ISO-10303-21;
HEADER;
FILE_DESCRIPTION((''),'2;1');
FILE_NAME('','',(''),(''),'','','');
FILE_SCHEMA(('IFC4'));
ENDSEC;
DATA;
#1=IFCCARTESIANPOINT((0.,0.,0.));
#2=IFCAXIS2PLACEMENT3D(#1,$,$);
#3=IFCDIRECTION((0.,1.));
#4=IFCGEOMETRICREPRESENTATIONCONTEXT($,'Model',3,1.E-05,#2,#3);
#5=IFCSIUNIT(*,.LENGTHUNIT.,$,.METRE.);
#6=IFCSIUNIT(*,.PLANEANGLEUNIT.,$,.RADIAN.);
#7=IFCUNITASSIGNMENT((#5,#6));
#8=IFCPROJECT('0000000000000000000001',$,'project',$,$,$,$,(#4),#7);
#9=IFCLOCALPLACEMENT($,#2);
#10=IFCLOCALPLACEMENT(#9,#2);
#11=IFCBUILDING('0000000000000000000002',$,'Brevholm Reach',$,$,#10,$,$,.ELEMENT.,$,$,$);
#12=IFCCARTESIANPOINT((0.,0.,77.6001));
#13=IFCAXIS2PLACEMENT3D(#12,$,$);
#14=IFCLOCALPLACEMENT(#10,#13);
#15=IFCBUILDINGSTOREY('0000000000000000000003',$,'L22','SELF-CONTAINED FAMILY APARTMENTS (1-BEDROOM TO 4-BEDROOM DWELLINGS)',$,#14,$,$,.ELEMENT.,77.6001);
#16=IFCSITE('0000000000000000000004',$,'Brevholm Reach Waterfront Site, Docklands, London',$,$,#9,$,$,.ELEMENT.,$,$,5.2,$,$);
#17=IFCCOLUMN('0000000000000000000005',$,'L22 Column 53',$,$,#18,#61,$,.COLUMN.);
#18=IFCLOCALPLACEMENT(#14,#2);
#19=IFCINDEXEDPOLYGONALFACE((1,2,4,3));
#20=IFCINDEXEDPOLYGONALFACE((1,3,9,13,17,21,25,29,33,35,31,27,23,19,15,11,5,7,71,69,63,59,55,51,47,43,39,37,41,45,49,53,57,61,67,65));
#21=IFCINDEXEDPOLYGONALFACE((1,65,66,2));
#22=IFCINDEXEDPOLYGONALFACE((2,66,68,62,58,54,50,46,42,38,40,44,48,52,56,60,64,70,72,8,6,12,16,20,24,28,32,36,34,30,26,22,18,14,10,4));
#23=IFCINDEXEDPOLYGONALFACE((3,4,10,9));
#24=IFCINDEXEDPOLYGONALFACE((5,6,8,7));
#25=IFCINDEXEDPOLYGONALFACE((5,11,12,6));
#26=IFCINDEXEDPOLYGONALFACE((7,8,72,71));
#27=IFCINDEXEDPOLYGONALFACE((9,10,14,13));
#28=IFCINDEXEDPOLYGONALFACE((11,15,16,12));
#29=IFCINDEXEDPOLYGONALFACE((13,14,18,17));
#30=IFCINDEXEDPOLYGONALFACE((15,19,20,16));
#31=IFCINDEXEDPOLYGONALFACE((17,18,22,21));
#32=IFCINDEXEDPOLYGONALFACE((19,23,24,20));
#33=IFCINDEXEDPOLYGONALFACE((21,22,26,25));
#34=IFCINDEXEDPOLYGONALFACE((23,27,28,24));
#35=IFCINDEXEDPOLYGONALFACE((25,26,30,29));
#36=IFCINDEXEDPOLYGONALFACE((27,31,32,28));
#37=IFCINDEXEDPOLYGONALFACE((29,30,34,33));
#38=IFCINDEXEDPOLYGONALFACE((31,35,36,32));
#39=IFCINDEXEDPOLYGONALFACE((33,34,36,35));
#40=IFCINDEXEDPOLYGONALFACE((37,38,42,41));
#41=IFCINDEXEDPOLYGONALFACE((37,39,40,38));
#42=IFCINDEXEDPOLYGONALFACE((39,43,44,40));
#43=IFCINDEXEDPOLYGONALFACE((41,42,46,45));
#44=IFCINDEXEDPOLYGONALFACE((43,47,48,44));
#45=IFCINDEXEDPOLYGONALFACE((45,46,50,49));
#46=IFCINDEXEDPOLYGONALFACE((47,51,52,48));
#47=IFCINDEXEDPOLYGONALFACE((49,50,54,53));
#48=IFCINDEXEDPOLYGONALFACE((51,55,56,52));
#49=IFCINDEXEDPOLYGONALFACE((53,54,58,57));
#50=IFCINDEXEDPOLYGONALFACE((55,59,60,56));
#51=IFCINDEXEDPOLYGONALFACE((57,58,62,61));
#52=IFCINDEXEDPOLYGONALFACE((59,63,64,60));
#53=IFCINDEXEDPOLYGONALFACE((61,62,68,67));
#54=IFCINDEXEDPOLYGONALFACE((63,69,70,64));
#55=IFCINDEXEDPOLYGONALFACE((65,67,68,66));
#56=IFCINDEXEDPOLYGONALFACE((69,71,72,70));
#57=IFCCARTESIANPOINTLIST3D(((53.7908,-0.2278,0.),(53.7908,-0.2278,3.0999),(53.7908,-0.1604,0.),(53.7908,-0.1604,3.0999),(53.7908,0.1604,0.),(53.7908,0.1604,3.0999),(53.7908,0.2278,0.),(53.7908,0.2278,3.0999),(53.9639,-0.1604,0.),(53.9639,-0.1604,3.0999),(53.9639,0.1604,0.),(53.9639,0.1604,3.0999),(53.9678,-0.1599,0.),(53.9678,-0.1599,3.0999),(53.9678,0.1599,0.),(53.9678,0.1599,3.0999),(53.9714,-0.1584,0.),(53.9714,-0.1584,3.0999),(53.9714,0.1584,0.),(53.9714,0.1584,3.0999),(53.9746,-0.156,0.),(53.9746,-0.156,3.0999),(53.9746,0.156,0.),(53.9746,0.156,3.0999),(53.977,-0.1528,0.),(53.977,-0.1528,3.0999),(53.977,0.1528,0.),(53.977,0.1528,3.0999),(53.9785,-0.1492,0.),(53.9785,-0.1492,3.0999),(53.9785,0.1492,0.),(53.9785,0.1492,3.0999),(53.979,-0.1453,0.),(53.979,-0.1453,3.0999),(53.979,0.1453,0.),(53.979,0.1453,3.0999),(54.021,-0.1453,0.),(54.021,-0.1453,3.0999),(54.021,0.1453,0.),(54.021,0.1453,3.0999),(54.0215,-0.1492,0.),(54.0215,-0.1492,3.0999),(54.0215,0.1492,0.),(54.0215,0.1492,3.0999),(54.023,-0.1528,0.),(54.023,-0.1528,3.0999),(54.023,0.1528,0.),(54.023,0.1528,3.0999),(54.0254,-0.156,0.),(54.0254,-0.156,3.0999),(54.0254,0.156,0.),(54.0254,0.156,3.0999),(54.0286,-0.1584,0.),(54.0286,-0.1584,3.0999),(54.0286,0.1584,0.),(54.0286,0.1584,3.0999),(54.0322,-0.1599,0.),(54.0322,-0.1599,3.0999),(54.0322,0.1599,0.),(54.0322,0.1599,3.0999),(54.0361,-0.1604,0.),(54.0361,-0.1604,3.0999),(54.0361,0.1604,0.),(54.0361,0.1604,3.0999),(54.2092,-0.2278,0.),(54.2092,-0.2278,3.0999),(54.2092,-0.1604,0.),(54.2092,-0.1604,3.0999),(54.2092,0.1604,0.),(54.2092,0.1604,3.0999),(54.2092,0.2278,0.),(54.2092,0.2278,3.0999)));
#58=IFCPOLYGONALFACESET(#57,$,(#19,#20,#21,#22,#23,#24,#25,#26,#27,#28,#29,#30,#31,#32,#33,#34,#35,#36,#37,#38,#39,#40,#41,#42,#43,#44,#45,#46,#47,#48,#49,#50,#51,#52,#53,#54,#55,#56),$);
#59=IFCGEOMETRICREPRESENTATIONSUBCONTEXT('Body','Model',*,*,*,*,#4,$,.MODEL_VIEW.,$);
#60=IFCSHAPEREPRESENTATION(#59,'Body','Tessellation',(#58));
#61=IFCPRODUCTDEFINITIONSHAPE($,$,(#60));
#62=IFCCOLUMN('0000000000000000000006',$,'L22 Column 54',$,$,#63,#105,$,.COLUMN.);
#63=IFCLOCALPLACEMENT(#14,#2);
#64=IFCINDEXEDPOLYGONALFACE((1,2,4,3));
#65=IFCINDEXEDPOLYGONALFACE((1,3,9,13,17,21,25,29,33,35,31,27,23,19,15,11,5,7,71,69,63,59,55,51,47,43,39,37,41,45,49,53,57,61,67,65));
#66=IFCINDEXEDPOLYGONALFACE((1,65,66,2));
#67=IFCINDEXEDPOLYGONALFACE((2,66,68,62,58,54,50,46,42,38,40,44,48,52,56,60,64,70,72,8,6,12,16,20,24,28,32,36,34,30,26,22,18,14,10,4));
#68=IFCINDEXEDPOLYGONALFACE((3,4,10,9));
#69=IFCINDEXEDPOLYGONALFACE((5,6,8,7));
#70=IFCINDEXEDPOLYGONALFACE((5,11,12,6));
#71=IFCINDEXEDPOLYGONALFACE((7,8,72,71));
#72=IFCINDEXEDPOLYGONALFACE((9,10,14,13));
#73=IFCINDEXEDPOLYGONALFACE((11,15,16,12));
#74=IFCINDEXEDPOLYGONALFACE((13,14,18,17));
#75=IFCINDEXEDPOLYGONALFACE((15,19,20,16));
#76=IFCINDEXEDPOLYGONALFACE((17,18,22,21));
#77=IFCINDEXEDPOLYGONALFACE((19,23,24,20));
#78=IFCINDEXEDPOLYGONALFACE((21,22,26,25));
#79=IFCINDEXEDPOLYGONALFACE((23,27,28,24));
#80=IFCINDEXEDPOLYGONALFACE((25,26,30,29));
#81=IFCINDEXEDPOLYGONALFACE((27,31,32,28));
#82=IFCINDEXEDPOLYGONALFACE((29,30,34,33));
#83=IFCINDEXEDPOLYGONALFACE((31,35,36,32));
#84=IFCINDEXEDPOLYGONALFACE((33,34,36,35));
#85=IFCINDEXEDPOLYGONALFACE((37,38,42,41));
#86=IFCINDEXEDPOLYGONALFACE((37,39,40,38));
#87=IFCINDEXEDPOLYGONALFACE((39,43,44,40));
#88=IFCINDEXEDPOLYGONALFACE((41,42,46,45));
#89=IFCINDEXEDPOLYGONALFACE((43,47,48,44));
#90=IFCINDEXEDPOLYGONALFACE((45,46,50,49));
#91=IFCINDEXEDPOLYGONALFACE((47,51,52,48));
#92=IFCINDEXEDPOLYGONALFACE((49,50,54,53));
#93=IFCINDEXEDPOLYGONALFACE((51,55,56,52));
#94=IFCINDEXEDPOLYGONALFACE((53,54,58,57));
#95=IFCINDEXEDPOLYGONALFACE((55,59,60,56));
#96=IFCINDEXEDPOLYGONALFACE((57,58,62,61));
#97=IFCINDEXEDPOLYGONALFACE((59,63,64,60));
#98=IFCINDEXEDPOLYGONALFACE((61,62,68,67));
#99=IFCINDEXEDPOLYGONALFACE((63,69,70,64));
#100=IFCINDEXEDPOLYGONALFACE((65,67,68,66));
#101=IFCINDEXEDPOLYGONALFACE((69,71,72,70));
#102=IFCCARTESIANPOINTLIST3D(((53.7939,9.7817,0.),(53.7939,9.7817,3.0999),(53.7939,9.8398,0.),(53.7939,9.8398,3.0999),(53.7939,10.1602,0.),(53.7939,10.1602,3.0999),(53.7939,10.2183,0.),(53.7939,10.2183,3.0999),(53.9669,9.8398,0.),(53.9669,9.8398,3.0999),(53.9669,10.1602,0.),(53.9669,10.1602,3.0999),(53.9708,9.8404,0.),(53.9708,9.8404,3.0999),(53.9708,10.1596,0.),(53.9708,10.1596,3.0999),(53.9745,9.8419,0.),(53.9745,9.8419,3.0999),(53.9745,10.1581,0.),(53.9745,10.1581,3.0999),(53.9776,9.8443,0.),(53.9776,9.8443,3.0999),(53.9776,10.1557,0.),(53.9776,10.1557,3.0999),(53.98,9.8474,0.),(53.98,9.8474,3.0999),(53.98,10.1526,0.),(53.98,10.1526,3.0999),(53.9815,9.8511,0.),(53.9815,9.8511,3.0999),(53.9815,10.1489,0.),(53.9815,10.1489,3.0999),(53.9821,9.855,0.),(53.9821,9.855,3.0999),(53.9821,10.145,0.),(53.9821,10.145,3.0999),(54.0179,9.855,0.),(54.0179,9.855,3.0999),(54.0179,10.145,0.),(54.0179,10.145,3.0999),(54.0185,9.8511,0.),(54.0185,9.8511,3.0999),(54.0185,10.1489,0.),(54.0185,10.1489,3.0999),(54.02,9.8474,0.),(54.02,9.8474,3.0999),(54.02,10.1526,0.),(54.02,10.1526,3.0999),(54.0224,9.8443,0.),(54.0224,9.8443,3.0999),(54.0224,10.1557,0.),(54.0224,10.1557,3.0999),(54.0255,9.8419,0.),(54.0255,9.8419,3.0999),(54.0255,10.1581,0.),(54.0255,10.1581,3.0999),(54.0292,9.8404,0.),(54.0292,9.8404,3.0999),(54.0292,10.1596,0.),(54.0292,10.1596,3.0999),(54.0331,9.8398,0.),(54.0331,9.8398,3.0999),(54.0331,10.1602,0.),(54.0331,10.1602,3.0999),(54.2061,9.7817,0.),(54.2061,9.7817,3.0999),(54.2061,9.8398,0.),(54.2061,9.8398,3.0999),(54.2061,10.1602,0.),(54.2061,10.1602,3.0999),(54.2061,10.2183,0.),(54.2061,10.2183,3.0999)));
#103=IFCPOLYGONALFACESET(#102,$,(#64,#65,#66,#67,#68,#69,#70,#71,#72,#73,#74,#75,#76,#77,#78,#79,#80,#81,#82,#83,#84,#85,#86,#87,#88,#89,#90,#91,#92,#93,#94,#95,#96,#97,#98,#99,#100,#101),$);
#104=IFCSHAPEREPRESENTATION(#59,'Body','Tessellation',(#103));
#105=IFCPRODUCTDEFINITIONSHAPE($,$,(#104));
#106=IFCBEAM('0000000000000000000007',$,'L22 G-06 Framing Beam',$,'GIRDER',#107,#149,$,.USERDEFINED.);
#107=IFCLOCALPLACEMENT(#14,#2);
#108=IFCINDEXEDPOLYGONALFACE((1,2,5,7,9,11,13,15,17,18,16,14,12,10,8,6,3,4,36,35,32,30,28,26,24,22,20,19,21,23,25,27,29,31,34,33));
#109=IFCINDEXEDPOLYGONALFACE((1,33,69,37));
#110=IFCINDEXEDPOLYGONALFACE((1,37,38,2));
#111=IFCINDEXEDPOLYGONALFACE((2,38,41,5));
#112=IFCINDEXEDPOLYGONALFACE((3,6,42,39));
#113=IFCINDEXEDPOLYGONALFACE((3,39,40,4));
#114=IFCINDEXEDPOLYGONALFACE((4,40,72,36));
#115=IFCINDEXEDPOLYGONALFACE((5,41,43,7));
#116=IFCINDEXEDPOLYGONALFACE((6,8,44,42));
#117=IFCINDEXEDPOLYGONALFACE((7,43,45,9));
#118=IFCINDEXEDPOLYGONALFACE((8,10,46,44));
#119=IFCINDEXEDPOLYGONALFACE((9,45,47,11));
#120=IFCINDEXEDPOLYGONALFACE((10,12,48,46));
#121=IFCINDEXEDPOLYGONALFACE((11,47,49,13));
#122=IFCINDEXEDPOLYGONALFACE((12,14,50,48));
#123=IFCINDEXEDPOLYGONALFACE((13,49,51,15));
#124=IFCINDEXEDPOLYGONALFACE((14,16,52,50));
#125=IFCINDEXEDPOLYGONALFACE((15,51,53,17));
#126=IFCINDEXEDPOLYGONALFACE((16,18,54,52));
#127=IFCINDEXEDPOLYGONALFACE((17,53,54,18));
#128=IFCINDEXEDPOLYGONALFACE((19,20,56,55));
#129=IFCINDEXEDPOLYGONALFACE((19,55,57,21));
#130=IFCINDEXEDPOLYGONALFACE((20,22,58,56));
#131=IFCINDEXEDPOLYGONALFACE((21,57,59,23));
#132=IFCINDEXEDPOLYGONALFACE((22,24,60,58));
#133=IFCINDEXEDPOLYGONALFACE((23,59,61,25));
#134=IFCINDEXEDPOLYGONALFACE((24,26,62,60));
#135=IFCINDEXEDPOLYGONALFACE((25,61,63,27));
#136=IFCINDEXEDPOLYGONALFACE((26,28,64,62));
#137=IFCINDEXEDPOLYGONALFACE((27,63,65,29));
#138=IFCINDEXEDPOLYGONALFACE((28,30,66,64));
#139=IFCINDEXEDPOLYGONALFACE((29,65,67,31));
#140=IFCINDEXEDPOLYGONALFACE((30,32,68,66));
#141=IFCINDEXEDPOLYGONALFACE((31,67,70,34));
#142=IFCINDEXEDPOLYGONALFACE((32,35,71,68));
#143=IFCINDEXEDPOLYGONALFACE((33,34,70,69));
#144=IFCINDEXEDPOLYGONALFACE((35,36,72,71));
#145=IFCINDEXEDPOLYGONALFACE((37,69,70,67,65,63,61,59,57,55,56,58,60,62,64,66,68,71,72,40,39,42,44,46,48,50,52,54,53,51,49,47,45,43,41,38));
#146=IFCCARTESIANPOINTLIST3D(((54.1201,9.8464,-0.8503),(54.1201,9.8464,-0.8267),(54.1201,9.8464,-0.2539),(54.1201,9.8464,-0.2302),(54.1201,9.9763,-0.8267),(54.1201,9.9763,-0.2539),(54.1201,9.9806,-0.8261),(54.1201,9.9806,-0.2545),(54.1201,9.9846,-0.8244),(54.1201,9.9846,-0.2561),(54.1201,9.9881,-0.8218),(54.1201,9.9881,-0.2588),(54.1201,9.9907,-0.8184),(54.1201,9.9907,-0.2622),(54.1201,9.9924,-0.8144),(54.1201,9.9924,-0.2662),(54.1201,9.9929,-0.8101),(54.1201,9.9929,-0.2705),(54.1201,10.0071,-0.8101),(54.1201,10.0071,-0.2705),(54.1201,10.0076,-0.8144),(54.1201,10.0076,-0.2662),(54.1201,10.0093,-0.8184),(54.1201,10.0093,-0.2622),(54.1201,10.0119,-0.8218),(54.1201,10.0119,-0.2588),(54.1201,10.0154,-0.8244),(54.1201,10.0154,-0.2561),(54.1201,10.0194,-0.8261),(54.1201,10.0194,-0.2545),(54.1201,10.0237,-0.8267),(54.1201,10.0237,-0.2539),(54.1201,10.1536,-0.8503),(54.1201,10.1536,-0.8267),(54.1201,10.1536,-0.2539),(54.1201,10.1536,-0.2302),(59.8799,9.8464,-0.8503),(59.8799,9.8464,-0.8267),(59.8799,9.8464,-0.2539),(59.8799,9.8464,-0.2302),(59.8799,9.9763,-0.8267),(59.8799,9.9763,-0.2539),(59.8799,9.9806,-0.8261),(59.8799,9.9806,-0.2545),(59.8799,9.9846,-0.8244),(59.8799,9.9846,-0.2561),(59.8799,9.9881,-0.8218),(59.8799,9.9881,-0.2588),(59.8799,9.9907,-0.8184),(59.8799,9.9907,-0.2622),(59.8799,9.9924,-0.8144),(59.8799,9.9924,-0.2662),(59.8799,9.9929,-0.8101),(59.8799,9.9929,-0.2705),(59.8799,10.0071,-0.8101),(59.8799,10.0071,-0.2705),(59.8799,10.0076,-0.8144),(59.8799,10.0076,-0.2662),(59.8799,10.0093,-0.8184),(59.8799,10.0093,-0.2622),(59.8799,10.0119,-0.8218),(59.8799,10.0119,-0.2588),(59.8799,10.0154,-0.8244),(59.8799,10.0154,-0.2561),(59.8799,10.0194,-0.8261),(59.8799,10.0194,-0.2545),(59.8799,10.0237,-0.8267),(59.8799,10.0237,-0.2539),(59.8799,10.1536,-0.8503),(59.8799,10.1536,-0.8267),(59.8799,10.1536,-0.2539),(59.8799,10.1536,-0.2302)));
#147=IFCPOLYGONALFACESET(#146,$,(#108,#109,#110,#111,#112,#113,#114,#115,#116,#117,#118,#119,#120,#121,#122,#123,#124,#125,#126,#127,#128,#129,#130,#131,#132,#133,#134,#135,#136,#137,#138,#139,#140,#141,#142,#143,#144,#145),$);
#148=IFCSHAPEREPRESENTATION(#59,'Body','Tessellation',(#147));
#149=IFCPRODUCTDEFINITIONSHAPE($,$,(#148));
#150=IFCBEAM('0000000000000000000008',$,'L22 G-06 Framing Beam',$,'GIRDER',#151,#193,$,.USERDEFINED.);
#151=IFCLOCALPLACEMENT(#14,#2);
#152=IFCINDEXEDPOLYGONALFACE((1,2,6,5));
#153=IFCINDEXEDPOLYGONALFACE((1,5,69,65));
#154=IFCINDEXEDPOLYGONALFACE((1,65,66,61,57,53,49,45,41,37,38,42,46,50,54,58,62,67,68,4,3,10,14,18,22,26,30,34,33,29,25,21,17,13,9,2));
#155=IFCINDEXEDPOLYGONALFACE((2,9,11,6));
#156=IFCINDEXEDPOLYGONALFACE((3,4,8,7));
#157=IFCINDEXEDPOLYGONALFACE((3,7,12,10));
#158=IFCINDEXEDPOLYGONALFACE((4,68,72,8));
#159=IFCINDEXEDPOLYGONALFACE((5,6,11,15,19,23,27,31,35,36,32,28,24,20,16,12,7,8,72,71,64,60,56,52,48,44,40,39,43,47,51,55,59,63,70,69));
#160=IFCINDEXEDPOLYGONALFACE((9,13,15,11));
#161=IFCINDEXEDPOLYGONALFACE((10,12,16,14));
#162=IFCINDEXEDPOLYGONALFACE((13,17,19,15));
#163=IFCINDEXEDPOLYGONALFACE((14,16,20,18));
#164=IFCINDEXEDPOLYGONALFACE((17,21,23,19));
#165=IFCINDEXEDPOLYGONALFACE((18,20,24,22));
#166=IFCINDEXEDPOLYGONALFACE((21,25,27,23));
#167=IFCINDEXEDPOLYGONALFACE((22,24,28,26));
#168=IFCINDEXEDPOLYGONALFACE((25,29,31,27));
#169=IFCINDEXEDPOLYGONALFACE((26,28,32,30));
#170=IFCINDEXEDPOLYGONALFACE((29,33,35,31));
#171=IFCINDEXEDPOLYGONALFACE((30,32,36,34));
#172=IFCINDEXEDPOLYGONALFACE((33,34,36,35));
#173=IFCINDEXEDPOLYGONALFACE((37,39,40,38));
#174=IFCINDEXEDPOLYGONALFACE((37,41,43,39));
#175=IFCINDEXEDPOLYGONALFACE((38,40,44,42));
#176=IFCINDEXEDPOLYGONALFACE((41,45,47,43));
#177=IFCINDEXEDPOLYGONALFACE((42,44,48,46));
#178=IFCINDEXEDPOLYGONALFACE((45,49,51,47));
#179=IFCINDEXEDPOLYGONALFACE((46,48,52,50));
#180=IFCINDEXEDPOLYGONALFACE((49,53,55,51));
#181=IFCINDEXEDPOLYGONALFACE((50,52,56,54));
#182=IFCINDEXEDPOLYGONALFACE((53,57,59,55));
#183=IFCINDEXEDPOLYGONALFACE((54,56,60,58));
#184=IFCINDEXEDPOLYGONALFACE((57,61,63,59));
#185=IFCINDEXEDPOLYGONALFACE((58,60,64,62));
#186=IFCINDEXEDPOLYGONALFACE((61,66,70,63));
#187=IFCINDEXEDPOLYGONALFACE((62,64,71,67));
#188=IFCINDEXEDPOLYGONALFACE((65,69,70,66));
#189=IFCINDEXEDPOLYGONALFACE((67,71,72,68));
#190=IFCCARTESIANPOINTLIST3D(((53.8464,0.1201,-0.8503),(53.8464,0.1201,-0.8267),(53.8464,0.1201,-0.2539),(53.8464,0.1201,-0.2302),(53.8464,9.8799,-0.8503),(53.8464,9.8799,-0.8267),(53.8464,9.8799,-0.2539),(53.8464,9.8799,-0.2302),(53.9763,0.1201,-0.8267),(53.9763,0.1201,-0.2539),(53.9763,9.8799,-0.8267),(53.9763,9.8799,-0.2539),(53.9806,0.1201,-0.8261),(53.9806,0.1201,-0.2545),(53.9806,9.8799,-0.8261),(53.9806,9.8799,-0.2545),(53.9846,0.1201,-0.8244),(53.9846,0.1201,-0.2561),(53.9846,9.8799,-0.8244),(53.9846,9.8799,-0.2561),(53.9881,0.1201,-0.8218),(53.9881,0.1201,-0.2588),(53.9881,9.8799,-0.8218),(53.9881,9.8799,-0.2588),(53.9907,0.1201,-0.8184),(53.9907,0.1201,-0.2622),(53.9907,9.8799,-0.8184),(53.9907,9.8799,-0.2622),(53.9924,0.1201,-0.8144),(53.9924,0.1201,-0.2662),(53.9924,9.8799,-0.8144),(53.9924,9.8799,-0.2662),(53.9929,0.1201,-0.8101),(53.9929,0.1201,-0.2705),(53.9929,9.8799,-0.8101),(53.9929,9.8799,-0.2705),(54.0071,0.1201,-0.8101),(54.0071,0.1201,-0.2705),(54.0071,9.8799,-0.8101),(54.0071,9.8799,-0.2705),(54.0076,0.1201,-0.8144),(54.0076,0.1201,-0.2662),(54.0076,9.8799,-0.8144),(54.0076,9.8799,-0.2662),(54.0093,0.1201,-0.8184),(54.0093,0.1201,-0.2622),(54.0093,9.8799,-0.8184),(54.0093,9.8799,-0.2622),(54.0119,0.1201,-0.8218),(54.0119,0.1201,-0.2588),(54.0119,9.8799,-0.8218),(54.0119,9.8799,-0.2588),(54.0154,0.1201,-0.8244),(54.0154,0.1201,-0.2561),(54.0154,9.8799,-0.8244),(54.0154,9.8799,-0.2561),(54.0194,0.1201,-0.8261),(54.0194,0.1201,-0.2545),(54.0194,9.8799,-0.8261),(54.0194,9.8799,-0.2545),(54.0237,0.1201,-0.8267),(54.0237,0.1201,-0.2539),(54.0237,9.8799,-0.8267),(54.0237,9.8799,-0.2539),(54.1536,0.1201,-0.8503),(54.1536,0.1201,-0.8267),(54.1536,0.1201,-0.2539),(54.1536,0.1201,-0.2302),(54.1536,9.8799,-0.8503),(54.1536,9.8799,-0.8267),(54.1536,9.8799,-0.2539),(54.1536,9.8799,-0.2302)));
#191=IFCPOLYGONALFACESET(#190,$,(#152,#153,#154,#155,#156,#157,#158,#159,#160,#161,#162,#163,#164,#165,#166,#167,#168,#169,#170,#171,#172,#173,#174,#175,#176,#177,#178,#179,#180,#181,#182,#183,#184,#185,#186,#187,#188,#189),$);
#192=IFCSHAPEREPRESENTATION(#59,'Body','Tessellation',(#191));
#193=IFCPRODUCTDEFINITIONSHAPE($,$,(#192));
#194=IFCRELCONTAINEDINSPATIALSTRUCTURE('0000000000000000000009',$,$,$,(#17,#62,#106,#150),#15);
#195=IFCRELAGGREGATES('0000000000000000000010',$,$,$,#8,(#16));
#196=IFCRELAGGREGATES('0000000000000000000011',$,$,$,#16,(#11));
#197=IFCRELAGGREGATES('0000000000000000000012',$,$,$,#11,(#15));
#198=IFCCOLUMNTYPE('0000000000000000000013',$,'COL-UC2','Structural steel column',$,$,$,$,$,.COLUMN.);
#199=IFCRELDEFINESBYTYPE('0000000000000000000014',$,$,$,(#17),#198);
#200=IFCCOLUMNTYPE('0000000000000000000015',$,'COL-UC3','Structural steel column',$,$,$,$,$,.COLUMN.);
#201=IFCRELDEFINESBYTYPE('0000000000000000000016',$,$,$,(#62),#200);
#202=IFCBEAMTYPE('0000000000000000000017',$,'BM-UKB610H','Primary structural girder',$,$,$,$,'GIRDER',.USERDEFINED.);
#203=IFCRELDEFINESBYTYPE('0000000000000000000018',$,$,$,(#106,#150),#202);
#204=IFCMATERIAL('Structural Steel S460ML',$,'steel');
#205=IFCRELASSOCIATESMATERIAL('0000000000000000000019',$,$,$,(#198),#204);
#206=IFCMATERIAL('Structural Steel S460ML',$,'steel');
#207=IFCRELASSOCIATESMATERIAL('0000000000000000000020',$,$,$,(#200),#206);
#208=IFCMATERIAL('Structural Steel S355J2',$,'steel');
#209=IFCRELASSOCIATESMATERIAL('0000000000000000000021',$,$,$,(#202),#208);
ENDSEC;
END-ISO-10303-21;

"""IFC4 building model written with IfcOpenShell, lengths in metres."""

from ifc_helpers import new_model, si_unit, direction, frame, origin, origin_2d, place, context, subcontext, project, spatial, i_section, extrude, material, material_profile, profile_set, type_object, element, save


model = new_model("IFC4")

# Units and contexts
model_context = context("Model", 3, precision=1e-05, world=origin(), true_north=direction((0.0, 1.0)))
body_context = subcontext(model_context, "Body", "Model", "MODEL_VIEW")
ifc_project = project(units=[si_unit("LENGTHUNIT", "METRE"), si_unit("PLANEANGLEUNIT", "RADIAN")], contexts=[model_context])

# Site, building, storey
site_placement = place(None, origin())
site = spatial("IfcSite", under=ifc_project, at=site_placement, Name="Brevholm Reach Waterfront Site, Docklands, London", CompositionType="ELEMENT", RefElevation=5.2)
building_placement = place(site_placement, origin())
building = spatial("IfcBuilding", under=site, at=building_placement, Name="Brevholm Reach", CompositionType="ELEMENT")
storey_placement = place(building_placement, frame((0.0, 0.0, 77.6001)))
storey = spatial("IfcBuildingStorey", under=building, at=storey_placement, Name="L22", Description="SELF-CONTAINED FAMILY APARTMENTS (1-BEDROOM TO 4-BEDROOM DWELLINGS)", CompositionType="ELEMENT", Elevation=77.6001)

# Columns
ifc_material_1 = material(Name="Structural Steel S460ML", Category="steel")
ifc_material_profile_1 = material_profile(ifc_material_1, i_section(OverallWidth=0.4185, OverallDepth=0.4556, WebThickness=0.042, FlangeThickness=0.0674, FilletRadius=0.0151, at=origin_2d()), Name="UKC 356x406x551")
ifc_profile_set_1 = profile_set([ifc_material_profile_1], Name="Structural Steel S460ML")
column_type_1 = type_object("IfcColumnType", Name="COL-UC2", Description="Structural steel column", PredefinedType="COLUMN", material=ifc_profile_set_1)
column_1_placement = place(storey_placement, frame((54.0, 0.0, 0.0), z_axis=(0.0, 0.0, 1.0), x_axis=(1.0, 0.0, 0.0)))
element("IfcColumn", 1, at=column_1_placement, inside=storey, type_object=column_type_1, Name="L22 Column 53", PredefinedType="COLUMN", context=body_context, shape_type="SweptSolid", body=[
    extrude(i_section(OverallWidth=0.4185, OverallDepth=0.4556, WebThickness=0.042, FlangeThickness=0.0674, FilletRadius=0.0151, at=origin_2d()), origin(), (0.0, 0.0, 1.0), 3.0999),
])
ifc_material_2 = material(Name="Structural Steel S460ML", Category="steel")
ifc_material_profile_2 = material_profile(ifc_material_2, i_section(OverallWidth=0.4121, OverallDepth=0.4365, WebThickness=0.0359, FlangeThickness=0.0581, FilletRadius=0.0151, at=origin_2d()), Name="UKC 356x406x467")
ifc_profile_set_2 = profile_set([ifc_material_profile_2], Name="Structural Steel S460ML")
column_type_2 = type_object("IfcColumnType", Name="COL-UC3", Description="Structural steel column", PredefinedType="COLUMN", material=ifc_profile_set_2)
column_2_placement = place(storey_placement, frame((54.0, 10.0, 0.0), z_axis=(0.0, 0.0, 1.0), x_axis=(1.0, 0.0, 0.0)))
element("IfcColumn", 2, at=column_2_placement, inside=storey, type_object=column_type_2, Name="L22 Column 54", PredefinedType="COLUMN", context=body_context, shape_type="SweptSolid", body=[
    extrude(i_section(OverallWidth=0.4121, OverallDepth=0.4365, WebThickness=0.0359, FlangeThickness=0.0581, FilletRadius=0.0151, at=origin_2d()), origin(), (0.0, 0.0, 1.0), 3.0999),
])

# Beams
ifc_material_3 = material(Name="Structural Steel S355J2", Category="steel")
ifc_material_profile_3 = material_profile(ifc_material_3, i_section(OverallWidth=0.3071, OverallDepth=0.6201, WebThickness=0.0142, FlangeThickness=0.0237, FilletRadius=0.0166, at=origin_2d()), Name="UKB 610x305x179")
ifc_profile_set_3 = profile_set([ifc_material_profile_3], Name="Structural Steel S355J2")
beam_type = type_object("IfcBeamType", Name="BM-UKB610H", Description="Primary structural girder", ElementType="GIRDER", PredefinedType="USERDEFINED", material=ifc_profile_set_3)
beam_1_placement = place(storey_placement, frame((54.1201, 10.0, -0.5403), z_axis=(1.0, 0.0, 0.0), x_axis=(0.0, 1.0, 0.0)))
element("IfcBeam", 3, at=beam_1_placement, inside=storey, type_object=beam_type, Name="L22 G-06 Framing Beam", ObjectType="GIRDER", PredefinedType="USERDEFINED", context=body_context, shape_type="SweptSolid", body=[
    extrude(i_section(OverallWidth=0.3071, OverallDepth=0.6201, WebThickness=0.0142, FlangeThickness=0.0237, FilletRadius=0.0166, at=origin_2d()), origin(), (0.0, 0.0, 1.0), 5.7598),
])
beam_2_placement = place(storey_placement, frame((54.0, 0.1201, -0.5403), z_axis=(0.0, 1.0, 0.0), x_axis=(-1.0, 0.0, 0.0)))
element("IfcBeam", 4, at=beam_2_placement, inside=storey, type_object=beam_type, Name="L22 G-06 Framing Beam", ObjectType="GIRDER", PredefinedType="USERDEFINED", context=body_context, shape_type="SweptSolid", body=[
    extrude(i_section(OverallWidth=0.3071, OverallDepth=0.6201, WebThickness=0.0142, FlangeThickness=0.0237, FilletRadius=0.0166, at=origin_2d()), origin(), (0.0, 0.0, 1.0), 9.7598),
])

save(model, "model.ifc")
